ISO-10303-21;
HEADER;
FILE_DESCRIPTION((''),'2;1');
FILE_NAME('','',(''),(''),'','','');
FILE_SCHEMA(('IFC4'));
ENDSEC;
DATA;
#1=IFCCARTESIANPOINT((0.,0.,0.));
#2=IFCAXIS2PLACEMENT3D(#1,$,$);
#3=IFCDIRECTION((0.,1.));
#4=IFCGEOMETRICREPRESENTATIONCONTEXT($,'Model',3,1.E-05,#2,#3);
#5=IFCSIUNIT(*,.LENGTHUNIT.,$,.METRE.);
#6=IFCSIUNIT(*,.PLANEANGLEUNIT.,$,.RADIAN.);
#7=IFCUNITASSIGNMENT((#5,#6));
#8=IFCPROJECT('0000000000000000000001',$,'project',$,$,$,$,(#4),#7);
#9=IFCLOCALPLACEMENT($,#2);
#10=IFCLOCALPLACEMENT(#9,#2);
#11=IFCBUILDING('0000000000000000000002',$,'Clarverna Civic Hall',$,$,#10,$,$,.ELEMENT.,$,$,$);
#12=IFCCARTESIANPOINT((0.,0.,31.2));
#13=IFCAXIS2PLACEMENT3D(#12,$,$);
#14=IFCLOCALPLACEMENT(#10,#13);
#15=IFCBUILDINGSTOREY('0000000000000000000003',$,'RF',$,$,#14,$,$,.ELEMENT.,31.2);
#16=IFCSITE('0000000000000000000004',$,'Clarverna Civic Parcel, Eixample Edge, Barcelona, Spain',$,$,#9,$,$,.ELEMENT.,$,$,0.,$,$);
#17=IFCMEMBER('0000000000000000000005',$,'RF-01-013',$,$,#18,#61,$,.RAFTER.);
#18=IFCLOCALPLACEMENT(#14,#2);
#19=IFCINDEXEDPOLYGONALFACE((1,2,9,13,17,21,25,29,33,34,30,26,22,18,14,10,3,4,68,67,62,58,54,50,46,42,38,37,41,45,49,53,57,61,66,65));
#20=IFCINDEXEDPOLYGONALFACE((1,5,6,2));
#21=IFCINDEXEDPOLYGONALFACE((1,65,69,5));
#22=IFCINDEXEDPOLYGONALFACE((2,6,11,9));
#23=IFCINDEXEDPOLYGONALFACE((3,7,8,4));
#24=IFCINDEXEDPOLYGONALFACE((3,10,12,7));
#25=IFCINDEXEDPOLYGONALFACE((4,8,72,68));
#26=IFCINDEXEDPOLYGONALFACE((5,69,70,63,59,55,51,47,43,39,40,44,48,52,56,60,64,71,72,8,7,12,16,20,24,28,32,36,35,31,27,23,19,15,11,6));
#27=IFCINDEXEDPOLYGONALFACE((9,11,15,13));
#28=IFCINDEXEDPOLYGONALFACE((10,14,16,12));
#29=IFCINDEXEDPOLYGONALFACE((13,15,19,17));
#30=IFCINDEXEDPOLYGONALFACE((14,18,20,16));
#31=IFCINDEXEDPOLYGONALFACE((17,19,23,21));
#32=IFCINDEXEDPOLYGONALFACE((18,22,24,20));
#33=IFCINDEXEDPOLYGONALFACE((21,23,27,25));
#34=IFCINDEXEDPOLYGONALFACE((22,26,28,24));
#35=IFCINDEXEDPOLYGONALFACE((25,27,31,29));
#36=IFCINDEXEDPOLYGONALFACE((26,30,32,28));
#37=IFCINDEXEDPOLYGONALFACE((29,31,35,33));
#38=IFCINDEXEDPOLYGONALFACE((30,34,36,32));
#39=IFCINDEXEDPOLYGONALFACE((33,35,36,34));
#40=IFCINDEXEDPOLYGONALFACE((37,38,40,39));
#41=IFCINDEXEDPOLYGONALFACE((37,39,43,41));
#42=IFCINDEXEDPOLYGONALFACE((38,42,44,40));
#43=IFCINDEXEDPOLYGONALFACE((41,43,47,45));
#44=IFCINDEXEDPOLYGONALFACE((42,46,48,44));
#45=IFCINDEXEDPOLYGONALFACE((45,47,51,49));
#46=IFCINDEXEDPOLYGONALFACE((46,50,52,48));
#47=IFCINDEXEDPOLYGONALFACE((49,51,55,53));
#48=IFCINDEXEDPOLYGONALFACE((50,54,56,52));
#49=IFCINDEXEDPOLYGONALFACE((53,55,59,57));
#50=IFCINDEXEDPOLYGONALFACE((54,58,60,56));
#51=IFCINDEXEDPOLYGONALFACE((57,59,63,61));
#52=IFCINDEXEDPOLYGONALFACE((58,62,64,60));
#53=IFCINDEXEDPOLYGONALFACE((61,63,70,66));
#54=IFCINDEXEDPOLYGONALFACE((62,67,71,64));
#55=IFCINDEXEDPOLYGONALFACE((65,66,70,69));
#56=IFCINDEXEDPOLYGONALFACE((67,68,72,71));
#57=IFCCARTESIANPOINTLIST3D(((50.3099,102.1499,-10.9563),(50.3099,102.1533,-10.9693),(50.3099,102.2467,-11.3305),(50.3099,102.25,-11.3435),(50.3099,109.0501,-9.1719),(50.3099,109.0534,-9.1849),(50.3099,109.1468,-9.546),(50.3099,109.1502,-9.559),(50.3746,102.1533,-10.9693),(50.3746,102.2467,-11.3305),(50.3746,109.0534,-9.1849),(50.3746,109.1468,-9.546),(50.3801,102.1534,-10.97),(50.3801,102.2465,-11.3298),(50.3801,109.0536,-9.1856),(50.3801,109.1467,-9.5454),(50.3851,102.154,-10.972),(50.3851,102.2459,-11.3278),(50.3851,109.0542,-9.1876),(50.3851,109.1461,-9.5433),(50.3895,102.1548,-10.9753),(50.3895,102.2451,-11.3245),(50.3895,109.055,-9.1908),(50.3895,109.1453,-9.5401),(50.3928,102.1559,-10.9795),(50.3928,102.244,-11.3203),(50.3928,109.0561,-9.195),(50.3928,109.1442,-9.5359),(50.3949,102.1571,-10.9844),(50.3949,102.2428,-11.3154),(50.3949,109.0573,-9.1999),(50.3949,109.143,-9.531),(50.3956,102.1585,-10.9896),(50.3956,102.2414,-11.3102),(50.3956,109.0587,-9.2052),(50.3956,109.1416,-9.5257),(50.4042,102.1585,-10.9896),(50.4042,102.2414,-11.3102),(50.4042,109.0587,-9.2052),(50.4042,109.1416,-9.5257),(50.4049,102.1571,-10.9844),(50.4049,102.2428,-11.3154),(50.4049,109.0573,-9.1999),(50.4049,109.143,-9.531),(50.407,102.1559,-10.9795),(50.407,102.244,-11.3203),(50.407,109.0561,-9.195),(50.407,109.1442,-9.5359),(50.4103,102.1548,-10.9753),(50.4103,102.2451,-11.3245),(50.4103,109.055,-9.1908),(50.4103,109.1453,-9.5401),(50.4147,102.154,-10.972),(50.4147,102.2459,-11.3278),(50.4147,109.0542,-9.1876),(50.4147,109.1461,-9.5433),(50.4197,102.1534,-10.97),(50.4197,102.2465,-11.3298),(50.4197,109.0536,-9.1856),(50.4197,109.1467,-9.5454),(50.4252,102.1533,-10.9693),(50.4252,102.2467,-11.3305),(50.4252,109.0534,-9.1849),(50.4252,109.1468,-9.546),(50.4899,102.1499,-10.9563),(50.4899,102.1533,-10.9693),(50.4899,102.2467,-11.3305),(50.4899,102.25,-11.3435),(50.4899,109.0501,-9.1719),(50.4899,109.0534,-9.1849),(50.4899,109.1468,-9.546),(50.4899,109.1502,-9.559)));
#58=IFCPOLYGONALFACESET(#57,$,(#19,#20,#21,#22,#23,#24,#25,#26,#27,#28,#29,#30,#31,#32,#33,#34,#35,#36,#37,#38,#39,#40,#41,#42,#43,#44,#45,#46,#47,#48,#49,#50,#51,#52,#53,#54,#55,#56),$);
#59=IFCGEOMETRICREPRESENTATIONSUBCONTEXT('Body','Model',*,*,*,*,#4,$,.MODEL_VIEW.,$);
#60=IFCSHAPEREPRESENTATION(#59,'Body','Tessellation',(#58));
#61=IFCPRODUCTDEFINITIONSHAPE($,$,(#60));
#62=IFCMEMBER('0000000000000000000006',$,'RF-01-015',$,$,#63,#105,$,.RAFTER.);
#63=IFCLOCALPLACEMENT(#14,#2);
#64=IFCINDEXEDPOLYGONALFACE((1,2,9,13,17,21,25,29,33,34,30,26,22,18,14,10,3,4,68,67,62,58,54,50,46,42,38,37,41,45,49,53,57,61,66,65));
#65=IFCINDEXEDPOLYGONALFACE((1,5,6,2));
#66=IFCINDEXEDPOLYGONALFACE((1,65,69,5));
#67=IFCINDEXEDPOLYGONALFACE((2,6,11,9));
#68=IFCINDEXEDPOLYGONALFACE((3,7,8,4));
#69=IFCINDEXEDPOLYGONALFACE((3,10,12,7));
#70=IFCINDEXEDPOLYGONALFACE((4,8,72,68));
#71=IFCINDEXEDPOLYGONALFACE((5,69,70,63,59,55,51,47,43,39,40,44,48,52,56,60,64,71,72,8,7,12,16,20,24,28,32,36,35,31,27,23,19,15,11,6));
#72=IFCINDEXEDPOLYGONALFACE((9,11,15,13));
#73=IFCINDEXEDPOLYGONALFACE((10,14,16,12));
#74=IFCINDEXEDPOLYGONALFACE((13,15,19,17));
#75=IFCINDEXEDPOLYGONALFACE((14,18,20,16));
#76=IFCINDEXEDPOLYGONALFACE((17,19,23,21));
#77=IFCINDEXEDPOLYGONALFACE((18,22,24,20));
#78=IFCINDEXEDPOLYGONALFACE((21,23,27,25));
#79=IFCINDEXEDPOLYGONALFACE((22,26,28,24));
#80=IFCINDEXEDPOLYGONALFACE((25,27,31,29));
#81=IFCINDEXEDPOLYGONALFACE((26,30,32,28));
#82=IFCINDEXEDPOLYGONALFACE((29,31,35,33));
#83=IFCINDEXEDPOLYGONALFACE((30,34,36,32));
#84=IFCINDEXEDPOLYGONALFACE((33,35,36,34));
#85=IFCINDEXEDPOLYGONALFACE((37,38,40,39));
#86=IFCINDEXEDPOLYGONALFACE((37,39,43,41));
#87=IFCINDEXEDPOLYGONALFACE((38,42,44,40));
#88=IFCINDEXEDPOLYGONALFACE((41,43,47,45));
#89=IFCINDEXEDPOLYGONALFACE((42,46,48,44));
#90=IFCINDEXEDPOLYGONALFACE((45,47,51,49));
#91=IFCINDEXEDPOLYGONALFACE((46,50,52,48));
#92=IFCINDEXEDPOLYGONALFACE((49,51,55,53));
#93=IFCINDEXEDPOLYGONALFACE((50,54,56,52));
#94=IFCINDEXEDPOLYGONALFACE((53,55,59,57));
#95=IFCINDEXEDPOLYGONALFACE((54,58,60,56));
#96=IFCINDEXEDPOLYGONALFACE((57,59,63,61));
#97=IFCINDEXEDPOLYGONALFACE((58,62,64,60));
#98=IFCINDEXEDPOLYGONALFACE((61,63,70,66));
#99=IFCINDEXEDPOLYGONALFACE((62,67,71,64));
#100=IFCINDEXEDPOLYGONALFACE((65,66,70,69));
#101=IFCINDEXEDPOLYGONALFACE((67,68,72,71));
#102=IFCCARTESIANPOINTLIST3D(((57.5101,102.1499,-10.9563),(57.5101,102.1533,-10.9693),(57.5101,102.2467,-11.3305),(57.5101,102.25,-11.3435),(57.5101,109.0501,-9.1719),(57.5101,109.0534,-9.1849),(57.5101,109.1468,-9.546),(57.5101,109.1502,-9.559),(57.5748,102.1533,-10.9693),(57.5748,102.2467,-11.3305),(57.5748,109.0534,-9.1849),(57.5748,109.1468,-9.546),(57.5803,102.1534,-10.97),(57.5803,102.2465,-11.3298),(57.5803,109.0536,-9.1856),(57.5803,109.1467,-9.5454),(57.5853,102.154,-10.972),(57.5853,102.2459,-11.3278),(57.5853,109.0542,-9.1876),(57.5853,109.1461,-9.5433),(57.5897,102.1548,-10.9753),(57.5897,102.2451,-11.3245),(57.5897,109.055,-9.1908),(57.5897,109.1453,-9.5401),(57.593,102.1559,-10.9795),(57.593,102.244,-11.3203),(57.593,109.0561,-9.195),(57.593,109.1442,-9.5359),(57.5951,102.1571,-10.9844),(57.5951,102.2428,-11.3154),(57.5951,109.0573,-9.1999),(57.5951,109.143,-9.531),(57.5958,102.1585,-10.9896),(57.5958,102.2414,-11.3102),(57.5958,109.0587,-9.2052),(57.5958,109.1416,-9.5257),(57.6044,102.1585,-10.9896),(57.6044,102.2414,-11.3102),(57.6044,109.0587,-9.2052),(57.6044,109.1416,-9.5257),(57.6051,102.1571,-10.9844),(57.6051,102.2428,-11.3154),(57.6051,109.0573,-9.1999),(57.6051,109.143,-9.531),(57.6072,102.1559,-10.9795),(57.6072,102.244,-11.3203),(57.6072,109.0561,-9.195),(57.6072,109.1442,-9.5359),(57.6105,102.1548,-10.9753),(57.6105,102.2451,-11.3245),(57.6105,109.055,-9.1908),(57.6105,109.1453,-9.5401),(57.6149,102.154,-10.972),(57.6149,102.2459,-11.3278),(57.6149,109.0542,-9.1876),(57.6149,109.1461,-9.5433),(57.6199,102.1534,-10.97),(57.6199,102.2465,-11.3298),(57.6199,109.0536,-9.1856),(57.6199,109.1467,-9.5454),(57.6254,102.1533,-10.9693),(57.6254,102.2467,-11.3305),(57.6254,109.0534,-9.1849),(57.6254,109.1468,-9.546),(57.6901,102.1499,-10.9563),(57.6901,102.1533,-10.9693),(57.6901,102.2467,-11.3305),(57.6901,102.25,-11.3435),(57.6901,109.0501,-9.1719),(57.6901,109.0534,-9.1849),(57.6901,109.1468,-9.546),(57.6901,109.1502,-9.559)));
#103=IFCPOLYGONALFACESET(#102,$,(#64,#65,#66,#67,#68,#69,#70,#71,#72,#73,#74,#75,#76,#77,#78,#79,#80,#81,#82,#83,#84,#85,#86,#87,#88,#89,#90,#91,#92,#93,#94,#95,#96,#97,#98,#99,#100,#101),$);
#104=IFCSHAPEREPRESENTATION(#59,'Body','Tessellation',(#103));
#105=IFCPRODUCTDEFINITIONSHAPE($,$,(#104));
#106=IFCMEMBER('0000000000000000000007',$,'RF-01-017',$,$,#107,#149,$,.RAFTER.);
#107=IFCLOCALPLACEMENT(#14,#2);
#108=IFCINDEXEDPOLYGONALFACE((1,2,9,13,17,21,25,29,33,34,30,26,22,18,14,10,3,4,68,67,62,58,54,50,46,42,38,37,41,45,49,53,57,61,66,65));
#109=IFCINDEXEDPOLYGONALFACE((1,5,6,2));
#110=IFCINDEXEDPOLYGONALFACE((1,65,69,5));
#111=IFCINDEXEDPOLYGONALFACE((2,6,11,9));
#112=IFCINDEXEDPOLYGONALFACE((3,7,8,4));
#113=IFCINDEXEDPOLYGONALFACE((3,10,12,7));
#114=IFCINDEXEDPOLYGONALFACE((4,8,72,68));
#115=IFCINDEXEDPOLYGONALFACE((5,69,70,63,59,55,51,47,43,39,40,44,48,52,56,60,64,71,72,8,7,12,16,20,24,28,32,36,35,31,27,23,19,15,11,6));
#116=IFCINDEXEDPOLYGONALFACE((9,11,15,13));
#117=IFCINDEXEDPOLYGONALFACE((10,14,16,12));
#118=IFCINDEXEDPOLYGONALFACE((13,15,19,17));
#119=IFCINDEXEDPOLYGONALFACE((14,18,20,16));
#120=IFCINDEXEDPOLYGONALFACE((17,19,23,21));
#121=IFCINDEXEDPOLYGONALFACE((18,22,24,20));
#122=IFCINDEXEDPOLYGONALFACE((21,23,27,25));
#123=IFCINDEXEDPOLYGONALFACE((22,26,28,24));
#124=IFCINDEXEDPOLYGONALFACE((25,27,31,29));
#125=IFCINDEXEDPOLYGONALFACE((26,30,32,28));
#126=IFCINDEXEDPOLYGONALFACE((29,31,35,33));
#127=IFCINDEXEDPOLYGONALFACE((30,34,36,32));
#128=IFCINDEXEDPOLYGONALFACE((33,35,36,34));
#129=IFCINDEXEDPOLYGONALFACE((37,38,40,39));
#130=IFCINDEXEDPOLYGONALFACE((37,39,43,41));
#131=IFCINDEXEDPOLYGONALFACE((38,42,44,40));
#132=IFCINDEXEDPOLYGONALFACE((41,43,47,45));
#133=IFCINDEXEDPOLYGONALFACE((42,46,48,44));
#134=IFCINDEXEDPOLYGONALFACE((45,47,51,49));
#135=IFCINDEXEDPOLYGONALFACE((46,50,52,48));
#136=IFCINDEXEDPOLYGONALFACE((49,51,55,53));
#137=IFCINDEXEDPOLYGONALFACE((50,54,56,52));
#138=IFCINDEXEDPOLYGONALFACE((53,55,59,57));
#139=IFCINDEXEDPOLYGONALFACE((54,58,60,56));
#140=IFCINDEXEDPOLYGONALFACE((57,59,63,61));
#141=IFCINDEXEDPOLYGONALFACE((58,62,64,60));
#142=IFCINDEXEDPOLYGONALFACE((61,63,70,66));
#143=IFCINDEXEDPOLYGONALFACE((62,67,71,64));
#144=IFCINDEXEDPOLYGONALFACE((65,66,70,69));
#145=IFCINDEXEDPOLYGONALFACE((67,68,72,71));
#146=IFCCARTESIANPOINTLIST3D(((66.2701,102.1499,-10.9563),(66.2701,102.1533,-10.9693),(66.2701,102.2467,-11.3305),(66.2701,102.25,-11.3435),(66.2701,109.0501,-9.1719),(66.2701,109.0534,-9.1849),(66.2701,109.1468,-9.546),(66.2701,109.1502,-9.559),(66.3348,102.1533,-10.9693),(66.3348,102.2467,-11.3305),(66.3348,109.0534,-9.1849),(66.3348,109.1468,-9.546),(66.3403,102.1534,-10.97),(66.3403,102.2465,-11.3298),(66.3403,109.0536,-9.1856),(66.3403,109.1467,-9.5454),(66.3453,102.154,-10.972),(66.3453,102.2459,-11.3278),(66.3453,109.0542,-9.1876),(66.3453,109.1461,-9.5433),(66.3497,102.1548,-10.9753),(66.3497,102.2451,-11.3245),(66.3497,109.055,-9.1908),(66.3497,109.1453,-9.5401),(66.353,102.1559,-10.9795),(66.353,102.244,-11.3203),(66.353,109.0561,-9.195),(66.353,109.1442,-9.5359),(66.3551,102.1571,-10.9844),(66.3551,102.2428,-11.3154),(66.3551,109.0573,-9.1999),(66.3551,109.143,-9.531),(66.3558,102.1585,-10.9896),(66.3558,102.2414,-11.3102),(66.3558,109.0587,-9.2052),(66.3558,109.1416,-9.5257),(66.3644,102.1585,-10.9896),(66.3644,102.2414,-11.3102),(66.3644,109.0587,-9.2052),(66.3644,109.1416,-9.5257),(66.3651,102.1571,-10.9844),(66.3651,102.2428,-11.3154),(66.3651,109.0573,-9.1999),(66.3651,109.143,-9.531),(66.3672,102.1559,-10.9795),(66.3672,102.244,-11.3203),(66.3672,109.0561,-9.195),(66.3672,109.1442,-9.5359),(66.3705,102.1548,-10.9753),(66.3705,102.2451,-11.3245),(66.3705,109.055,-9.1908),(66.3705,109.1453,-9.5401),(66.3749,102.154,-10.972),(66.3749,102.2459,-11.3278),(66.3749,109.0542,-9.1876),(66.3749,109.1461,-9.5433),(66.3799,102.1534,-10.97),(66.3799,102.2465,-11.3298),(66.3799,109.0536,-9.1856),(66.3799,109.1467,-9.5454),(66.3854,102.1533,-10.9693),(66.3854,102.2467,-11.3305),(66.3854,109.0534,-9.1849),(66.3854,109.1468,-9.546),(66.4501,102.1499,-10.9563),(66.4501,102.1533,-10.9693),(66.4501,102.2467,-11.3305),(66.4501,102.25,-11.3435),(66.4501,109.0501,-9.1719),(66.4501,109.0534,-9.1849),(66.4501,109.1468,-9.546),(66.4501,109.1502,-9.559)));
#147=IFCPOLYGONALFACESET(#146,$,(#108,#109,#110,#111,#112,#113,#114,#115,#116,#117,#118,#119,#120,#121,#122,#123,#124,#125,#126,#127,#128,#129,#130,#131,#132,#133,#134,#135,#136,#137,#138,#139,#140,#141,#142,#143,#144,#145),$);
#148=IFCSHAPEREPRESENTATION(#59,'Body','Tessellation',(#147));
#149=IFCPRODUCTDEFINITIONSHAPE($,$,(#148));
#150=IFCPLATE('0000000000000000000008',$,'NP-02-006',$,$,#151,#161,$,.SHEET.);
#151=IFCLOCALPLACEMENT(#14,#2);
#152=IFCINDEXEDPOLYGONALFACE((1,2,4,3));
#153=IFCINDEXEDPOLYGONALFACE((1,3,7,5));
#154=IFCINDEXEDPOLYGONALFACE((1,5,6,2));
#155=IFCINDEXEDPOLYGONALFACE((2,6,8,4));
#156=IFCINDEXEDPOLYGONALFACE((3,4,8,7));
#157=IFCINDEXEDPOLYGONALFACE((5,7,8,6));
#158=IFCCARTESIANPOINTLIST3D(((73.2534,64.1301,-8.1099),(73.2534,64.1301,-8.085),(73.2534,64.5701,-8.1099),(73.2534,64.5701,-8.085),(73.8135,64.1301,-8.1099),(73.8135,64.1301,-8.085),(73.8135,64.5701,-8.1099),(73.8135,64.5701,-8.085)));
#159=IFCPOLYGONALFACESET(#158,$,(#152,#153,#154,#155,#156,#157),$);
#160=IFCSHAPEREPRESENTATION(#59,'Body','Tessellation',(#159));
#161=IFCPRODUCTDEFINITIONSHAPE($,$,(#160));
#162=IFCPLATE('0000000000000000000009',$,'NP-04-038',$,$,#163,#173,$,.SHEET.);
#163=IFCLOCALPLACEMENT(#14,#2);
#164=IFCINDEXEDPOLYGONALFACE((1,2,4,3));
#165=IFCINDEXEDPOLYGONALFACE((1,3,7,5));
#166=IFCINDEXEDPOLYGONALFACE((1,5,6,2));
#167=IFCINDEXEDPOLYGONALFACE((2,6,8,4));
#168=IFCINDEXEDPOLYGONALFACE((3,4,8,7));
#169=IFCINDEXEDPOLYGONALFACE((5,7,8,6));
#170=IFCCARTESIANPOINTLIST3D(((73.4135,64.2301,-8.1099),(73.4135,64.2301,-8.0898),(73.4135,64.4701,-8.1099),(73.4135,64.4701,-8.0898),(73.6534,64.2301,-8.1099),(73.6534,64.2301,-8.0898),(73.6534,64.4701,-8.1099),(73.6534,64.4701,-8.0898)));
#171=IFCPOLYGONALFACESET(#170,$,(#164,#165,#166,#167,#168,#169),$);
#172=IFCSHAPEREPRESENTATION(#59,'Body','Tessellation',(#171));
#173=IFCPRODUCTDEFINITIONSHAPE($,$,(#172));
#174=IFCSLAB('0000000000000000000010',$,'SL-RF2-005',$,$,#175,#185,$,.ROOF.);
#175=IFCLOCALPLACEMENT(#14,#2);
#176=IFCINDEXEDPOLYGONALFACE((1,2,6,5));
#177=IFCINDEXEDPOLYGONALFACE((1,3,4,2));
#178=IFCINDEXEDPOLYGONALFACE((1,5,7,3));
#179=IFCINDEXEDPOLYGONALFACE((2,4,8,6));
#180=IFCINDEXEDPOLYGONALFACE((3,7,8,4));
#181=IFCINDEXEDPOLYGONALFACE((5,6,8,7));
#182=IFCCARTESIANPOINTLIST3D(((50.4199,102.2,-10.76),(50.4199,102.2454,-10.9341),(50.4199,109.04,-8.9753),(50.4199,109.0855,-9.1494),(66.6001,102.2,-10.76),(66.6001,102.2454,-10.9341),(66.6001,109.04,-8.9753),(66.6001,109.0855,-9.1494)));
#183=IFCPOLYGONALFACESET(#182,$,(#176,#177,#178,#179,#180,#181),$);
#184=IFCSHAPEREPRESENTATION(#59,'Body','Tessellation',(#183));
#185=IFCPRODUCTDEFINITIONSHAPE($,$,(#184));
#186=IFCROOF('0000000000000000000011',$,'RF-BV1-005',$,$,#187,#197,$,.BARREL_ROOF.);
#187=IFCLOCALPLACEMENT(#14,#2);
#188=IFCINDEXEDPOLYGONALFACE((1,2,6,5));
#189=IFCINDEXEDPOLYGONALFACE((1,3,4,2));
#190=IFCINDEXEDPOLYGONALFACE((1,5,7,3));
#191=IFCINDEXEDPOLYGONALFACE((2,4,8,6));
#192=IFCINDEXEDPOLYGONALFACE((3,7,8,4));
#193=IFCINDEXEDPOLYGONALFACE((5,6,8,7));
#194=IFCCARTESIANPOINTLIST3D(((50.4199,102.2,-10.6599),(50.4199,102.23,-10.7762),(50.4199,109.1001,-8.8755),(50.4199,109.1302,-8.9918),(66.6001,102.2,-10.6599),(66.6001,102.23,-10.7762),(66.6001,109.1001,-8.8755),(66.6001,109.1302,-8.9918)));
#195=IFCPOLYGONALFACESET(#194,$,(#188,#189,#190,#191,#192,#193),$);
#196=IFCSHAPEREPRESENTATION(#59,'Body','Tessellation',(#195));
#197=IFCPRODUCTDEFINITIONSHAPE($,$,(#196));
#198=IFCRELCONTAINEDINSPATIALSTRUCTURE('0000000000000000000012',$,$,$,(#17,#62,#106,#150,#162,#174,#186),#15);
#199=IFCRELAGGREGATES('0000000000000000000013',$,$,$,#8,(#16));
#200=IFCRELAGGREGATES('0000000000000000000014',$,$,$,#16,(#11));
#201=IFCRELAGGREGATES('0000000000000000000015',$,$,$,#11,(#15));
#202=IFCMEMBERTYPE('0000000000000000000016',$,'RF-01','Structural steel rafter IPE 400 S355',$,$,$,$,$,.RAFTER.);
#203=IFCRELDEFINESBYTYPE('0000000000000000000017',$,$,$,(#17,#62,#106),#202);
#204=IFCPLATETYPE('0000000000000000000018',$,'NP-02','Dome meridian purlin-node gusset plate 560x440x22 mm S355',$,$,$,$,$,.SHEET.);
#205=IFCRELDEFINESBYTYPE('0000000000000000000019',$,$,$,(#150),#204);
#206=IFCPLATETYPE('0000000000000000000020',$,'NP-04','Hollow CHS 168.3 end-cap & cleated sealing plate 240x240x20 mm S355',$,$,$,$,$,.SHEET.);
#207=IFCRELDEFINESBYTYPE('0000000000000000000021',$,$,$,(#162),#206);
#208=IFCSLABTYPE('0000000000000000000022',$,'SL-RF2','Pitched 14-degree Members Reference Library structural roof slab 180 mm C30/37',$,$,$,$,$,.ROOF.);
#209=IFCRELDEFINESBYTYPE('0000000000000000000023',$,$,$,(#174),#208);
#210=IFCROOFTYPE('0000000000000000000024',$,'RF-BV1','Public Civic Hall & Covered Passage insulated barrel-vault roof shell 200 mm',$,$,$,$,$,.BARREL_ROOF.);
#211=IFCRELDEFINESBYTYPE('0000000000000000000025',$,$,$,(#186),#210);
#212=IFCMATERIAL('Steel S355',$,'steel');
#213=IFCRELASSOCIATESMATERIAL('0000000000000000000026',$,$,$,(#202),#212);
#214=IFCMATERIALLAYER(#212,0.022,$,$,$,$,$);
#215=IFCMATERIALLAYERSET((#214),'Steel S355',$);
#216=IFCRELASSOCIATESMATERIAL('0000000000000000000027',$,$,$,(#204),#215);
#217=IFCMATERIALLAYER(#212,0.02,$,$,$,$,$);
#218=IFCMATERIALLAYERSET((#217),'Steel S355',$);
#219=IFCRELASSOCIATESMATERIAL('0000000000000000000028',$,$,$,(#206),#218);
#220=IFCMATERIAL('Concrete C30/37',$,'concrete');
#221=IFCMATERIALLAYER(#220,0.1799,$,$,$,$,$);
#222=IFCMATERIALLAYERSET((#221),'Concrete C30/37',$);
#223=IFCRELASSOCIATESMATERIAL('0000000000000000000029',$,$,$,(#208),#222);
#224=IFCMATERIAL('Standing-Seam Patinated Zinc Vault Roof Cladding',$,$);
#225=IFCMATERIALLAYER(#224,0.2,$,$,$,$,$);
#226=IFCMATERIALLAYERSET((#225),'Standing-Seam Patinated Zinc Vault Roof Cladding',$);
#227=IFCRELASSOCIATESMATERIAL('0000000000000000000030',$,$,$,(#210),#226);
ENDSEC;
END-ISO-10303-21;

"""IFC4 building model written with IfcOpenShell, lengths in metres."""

from ifc_helpers import new_model, si_unit, direction, frame, origin, origin_2d, place, context, subcontext, project, spatial, polyline, rectangle, i_section, outline, extrude, material, layer, layer_set, material_profile, profile_set, type_object, element, save


model = new_model("IFC4")

# Units and contexts
model_context = context("Model", 3, precision=1e-05, world=origin(), true_north=direction((0.0, 1.0)))
body_context = subcontext(model_context, "Body", "Model", "MODEL_VIEW")
ifc_project = project(units=[si_unit("LENGTHUNIT", "METRE"), si_unit("PLANEANGLEUNIT", "RADIAN")], contexts=[model_context])

# Site, building, storey
site_placement = place(None, origin())
site = spatial("IfcSite", under=ifc_project, at=site_placement, Name="Clarverna Civic Parcel, Eixample Edge, Barcelona, Spain", CompositionType="ELEMENT", RefElevation=0.0)
building_placement = place(site_placement, origin())
building = spatial("IfcBuilding", under=site, at=building_placement, Name="Clarverna Civic Hall", CompositionType="ELEMENT")
storey_placement = place(building_placement, frame((0.0, 0.0, 31.2)))
storey = spatial("IfcBuildingStorey", under=building, at=storey_placement, Name="RF", CompositionType="ELEMENT", Elevation=31.2)

# Members
ifc_material_1 = material(Name="Steel S355", Category="steel")
ifc_material_profile_1 = material_profile(ifc_material_1, i_section(OverallWidth=0.1799, OverallDepth=0.3999, WebThickness=0.0085, FlangeThickness=0.0134, FilletRadius=0.021, at=origin_2d()), Name="IPE 400")
ifc_profile_set_1 = profile_set([ifc_material_profile_1], Name="Steel S355")
member_type_1 = type_object("IfcMemberType", Name="RF-01", Description="Structural steel rafter IPE 400 S355", PredefinedType="RAFTER", material=ifc_profile_set_1)
for number, where, z_axis, x_axis, name in (
    (1, (50.3999, 102.2, -11.1499), (0.0, 0.96815, 0.25037), (-1.0, 0.0, 0.0), "RF-01-013"),
    (2, (57.6001, 102.2, -11.1499), (0.0, 0.96815, 0.25037), (-1.0, 0.0, 0.0), "RF-01-015"),
    (3, (66.3601, 102.2, -11.1499), (0.0, 0.96815, 0.25037), (-1.0, 0.0, 0.0), "RF-01-017"),
):
    element("IfcMember", number, at=place(storey_placement, frame(where, z_axis=z_axis, x_axis=x_axis)), inside=storey, type_object=member_type_1, Name=name, PredefinedType="RAFTER", context=body_context, shape_type="SweptSolid", body=[
        extrude(i_section(OverallWidth=0.1799, OverallDepth=0.3999, WebThickness=0.0085, FlangeThickness=0.0134, FilletRadius=0.021, at=origin_2d()), origin(), (0.0, 0.0, 1.0), 7.1272),
    ])

# Plates
ifc_layer_1 = layer(ifc_material_1, 0.022)
ifc_layer_set_1 = layer_set([ifc_layer_1], Name="Steel S355")
plate_type_1 = type_object("IfcPlateType", Name="NP-02", Description="Dome meridian purlin-node gusset plate 560x440x22 mm S355", PredefinedType="SHEET", material=ifc_layer_set_1)
plate_1_placement = place(storey_placement, frame((73.5334, 64.3501, -8.1099), z_axis=(0.0, 0.0, 1.0), x_axis=(1.0, 0.0, 0.0)))
element("IfcPlate", 4, at=plate_1_placement, inside=storey, type_object=plate_type_1, Name="NP-02-006", PredefinedType="SHEET", context=body_context, shape_type="SweptSolid", body=[
    extrude(rectangle(XDim=0.5601, YDim=0.4399, at=origin_2d()), origin(), (0.0, 0.0, 1.0), 0.0249),
])
ifc_layer_2 = layer(ifc_material_1, 0.02)
ifc_layer_set_2 = layer_set([ifc_layer_2], Name="Steel S355")
plate_type_2 = type_object("IfcPlateType", Name="NP-04", Description="Hollow CHS 168.3 end-cap & cleated sealing plate 240x240x20 mm S355", PredefinedType="SHEET", material=ifc_layer_set_2)
plate_2_placement = place(storey_placement, frame((73.5334, 64.3501, -8.1099), z_axis=(0.0, 0.0, 1.0), x_axis=(1.0, 0.0, 0.0)))
element("IfcPlate", 5, at=plate_2_placement, inside=storey, type_object=plate_type_2, Name="NP-04-038", PredefinedType="SHEET", context=body_context, shape_type="SweptSolid", body=[
    extrude(rectangle(XDim=0.24, YDim=0.24, at=origin_2d()), origin(), (0.0, 0.0, 1.0), 0.02),
])

# Slab
ifc_material_2 = material(Name="Concrete C30/37", Category="concrete")
ifc_layer_3 = layer(ifc_material_2, 0.1799)
ifc_layer_set_3 = layer_set([ifc_layer_3], Name="Concrete C30/37")
slab_type = type_object("IfcSlabType", Name="SL-RF2", Description="Pitched 14-degree Members Reference Library structural roof slab 180 mm C30/37", PredefinedType="ROOF", material=ifc_layer_set_3)
slab_placement = place(storey_placement, frame((50.4199, 102.2, -10.76), z_axis=(0.0, -0.252461, 0.967607), x_axis=(1.0, 0.0, 0.0)))
element("IfcSlab", 6, at=slab_placement, inside=storey, type_object=slab_type, Name="SL-RF2-005", PredefinedType="ROOF", context=body_context, shape_type="SweptSolid", body=[
    extrude(outline(polyline([(0.0, 0.0), (16.1802, 0.0), (16.1802, 7.0691), (0.0, 7.0691), (0.0, 0.0)])), origin(), (0.0, 0.0, -1.0), 0.1799),
])

# Roof
ifc_material_3 = material(Name="Standing-Seam Patinated Zinc Vault Roof Cladding")
ifc_layer_4 = layer(ifc_material_3, 0.2)
ifc_layer_set_4 = layer_set([ifc_layer_4], Name="Standing-Seam Patinated Zinc Vault Roof Cladding")
roof_type_1 = type_object("IfcRoofType", Name="RF-BV1", Description="Public Civic Hall & Covered Passage insulated barrel-vault roof shell 200 mm", PredefinedType="BARREL_ROOF", material=ifc_layer_set_4)
roof_1_placement = place(storey_placement, frame((50.4199, 102.2, -10.6599), z_axis=(0.0, -0.25037, 0.96815), x_axis=(1.0, 0.0, 0.0)))
element("IfcRoof", 7, at=roof_1_placement, inside=storey, type_object=roof_type_1, Name="RF-BV1-005", PredefinedType="BARREL_ROOF", context=body_context, shape_type="SweptSolid", body=[
    extrude(outline(polyline([(0.0, 0.0), (16.1802, 0.0), (16.1802, 7.1271), (0.0, 7.1271), (0.0, 0.0)])), origin(), (0.0, 0.0, -1.0), 0.1201),
])

save(model, "model.ifc")
